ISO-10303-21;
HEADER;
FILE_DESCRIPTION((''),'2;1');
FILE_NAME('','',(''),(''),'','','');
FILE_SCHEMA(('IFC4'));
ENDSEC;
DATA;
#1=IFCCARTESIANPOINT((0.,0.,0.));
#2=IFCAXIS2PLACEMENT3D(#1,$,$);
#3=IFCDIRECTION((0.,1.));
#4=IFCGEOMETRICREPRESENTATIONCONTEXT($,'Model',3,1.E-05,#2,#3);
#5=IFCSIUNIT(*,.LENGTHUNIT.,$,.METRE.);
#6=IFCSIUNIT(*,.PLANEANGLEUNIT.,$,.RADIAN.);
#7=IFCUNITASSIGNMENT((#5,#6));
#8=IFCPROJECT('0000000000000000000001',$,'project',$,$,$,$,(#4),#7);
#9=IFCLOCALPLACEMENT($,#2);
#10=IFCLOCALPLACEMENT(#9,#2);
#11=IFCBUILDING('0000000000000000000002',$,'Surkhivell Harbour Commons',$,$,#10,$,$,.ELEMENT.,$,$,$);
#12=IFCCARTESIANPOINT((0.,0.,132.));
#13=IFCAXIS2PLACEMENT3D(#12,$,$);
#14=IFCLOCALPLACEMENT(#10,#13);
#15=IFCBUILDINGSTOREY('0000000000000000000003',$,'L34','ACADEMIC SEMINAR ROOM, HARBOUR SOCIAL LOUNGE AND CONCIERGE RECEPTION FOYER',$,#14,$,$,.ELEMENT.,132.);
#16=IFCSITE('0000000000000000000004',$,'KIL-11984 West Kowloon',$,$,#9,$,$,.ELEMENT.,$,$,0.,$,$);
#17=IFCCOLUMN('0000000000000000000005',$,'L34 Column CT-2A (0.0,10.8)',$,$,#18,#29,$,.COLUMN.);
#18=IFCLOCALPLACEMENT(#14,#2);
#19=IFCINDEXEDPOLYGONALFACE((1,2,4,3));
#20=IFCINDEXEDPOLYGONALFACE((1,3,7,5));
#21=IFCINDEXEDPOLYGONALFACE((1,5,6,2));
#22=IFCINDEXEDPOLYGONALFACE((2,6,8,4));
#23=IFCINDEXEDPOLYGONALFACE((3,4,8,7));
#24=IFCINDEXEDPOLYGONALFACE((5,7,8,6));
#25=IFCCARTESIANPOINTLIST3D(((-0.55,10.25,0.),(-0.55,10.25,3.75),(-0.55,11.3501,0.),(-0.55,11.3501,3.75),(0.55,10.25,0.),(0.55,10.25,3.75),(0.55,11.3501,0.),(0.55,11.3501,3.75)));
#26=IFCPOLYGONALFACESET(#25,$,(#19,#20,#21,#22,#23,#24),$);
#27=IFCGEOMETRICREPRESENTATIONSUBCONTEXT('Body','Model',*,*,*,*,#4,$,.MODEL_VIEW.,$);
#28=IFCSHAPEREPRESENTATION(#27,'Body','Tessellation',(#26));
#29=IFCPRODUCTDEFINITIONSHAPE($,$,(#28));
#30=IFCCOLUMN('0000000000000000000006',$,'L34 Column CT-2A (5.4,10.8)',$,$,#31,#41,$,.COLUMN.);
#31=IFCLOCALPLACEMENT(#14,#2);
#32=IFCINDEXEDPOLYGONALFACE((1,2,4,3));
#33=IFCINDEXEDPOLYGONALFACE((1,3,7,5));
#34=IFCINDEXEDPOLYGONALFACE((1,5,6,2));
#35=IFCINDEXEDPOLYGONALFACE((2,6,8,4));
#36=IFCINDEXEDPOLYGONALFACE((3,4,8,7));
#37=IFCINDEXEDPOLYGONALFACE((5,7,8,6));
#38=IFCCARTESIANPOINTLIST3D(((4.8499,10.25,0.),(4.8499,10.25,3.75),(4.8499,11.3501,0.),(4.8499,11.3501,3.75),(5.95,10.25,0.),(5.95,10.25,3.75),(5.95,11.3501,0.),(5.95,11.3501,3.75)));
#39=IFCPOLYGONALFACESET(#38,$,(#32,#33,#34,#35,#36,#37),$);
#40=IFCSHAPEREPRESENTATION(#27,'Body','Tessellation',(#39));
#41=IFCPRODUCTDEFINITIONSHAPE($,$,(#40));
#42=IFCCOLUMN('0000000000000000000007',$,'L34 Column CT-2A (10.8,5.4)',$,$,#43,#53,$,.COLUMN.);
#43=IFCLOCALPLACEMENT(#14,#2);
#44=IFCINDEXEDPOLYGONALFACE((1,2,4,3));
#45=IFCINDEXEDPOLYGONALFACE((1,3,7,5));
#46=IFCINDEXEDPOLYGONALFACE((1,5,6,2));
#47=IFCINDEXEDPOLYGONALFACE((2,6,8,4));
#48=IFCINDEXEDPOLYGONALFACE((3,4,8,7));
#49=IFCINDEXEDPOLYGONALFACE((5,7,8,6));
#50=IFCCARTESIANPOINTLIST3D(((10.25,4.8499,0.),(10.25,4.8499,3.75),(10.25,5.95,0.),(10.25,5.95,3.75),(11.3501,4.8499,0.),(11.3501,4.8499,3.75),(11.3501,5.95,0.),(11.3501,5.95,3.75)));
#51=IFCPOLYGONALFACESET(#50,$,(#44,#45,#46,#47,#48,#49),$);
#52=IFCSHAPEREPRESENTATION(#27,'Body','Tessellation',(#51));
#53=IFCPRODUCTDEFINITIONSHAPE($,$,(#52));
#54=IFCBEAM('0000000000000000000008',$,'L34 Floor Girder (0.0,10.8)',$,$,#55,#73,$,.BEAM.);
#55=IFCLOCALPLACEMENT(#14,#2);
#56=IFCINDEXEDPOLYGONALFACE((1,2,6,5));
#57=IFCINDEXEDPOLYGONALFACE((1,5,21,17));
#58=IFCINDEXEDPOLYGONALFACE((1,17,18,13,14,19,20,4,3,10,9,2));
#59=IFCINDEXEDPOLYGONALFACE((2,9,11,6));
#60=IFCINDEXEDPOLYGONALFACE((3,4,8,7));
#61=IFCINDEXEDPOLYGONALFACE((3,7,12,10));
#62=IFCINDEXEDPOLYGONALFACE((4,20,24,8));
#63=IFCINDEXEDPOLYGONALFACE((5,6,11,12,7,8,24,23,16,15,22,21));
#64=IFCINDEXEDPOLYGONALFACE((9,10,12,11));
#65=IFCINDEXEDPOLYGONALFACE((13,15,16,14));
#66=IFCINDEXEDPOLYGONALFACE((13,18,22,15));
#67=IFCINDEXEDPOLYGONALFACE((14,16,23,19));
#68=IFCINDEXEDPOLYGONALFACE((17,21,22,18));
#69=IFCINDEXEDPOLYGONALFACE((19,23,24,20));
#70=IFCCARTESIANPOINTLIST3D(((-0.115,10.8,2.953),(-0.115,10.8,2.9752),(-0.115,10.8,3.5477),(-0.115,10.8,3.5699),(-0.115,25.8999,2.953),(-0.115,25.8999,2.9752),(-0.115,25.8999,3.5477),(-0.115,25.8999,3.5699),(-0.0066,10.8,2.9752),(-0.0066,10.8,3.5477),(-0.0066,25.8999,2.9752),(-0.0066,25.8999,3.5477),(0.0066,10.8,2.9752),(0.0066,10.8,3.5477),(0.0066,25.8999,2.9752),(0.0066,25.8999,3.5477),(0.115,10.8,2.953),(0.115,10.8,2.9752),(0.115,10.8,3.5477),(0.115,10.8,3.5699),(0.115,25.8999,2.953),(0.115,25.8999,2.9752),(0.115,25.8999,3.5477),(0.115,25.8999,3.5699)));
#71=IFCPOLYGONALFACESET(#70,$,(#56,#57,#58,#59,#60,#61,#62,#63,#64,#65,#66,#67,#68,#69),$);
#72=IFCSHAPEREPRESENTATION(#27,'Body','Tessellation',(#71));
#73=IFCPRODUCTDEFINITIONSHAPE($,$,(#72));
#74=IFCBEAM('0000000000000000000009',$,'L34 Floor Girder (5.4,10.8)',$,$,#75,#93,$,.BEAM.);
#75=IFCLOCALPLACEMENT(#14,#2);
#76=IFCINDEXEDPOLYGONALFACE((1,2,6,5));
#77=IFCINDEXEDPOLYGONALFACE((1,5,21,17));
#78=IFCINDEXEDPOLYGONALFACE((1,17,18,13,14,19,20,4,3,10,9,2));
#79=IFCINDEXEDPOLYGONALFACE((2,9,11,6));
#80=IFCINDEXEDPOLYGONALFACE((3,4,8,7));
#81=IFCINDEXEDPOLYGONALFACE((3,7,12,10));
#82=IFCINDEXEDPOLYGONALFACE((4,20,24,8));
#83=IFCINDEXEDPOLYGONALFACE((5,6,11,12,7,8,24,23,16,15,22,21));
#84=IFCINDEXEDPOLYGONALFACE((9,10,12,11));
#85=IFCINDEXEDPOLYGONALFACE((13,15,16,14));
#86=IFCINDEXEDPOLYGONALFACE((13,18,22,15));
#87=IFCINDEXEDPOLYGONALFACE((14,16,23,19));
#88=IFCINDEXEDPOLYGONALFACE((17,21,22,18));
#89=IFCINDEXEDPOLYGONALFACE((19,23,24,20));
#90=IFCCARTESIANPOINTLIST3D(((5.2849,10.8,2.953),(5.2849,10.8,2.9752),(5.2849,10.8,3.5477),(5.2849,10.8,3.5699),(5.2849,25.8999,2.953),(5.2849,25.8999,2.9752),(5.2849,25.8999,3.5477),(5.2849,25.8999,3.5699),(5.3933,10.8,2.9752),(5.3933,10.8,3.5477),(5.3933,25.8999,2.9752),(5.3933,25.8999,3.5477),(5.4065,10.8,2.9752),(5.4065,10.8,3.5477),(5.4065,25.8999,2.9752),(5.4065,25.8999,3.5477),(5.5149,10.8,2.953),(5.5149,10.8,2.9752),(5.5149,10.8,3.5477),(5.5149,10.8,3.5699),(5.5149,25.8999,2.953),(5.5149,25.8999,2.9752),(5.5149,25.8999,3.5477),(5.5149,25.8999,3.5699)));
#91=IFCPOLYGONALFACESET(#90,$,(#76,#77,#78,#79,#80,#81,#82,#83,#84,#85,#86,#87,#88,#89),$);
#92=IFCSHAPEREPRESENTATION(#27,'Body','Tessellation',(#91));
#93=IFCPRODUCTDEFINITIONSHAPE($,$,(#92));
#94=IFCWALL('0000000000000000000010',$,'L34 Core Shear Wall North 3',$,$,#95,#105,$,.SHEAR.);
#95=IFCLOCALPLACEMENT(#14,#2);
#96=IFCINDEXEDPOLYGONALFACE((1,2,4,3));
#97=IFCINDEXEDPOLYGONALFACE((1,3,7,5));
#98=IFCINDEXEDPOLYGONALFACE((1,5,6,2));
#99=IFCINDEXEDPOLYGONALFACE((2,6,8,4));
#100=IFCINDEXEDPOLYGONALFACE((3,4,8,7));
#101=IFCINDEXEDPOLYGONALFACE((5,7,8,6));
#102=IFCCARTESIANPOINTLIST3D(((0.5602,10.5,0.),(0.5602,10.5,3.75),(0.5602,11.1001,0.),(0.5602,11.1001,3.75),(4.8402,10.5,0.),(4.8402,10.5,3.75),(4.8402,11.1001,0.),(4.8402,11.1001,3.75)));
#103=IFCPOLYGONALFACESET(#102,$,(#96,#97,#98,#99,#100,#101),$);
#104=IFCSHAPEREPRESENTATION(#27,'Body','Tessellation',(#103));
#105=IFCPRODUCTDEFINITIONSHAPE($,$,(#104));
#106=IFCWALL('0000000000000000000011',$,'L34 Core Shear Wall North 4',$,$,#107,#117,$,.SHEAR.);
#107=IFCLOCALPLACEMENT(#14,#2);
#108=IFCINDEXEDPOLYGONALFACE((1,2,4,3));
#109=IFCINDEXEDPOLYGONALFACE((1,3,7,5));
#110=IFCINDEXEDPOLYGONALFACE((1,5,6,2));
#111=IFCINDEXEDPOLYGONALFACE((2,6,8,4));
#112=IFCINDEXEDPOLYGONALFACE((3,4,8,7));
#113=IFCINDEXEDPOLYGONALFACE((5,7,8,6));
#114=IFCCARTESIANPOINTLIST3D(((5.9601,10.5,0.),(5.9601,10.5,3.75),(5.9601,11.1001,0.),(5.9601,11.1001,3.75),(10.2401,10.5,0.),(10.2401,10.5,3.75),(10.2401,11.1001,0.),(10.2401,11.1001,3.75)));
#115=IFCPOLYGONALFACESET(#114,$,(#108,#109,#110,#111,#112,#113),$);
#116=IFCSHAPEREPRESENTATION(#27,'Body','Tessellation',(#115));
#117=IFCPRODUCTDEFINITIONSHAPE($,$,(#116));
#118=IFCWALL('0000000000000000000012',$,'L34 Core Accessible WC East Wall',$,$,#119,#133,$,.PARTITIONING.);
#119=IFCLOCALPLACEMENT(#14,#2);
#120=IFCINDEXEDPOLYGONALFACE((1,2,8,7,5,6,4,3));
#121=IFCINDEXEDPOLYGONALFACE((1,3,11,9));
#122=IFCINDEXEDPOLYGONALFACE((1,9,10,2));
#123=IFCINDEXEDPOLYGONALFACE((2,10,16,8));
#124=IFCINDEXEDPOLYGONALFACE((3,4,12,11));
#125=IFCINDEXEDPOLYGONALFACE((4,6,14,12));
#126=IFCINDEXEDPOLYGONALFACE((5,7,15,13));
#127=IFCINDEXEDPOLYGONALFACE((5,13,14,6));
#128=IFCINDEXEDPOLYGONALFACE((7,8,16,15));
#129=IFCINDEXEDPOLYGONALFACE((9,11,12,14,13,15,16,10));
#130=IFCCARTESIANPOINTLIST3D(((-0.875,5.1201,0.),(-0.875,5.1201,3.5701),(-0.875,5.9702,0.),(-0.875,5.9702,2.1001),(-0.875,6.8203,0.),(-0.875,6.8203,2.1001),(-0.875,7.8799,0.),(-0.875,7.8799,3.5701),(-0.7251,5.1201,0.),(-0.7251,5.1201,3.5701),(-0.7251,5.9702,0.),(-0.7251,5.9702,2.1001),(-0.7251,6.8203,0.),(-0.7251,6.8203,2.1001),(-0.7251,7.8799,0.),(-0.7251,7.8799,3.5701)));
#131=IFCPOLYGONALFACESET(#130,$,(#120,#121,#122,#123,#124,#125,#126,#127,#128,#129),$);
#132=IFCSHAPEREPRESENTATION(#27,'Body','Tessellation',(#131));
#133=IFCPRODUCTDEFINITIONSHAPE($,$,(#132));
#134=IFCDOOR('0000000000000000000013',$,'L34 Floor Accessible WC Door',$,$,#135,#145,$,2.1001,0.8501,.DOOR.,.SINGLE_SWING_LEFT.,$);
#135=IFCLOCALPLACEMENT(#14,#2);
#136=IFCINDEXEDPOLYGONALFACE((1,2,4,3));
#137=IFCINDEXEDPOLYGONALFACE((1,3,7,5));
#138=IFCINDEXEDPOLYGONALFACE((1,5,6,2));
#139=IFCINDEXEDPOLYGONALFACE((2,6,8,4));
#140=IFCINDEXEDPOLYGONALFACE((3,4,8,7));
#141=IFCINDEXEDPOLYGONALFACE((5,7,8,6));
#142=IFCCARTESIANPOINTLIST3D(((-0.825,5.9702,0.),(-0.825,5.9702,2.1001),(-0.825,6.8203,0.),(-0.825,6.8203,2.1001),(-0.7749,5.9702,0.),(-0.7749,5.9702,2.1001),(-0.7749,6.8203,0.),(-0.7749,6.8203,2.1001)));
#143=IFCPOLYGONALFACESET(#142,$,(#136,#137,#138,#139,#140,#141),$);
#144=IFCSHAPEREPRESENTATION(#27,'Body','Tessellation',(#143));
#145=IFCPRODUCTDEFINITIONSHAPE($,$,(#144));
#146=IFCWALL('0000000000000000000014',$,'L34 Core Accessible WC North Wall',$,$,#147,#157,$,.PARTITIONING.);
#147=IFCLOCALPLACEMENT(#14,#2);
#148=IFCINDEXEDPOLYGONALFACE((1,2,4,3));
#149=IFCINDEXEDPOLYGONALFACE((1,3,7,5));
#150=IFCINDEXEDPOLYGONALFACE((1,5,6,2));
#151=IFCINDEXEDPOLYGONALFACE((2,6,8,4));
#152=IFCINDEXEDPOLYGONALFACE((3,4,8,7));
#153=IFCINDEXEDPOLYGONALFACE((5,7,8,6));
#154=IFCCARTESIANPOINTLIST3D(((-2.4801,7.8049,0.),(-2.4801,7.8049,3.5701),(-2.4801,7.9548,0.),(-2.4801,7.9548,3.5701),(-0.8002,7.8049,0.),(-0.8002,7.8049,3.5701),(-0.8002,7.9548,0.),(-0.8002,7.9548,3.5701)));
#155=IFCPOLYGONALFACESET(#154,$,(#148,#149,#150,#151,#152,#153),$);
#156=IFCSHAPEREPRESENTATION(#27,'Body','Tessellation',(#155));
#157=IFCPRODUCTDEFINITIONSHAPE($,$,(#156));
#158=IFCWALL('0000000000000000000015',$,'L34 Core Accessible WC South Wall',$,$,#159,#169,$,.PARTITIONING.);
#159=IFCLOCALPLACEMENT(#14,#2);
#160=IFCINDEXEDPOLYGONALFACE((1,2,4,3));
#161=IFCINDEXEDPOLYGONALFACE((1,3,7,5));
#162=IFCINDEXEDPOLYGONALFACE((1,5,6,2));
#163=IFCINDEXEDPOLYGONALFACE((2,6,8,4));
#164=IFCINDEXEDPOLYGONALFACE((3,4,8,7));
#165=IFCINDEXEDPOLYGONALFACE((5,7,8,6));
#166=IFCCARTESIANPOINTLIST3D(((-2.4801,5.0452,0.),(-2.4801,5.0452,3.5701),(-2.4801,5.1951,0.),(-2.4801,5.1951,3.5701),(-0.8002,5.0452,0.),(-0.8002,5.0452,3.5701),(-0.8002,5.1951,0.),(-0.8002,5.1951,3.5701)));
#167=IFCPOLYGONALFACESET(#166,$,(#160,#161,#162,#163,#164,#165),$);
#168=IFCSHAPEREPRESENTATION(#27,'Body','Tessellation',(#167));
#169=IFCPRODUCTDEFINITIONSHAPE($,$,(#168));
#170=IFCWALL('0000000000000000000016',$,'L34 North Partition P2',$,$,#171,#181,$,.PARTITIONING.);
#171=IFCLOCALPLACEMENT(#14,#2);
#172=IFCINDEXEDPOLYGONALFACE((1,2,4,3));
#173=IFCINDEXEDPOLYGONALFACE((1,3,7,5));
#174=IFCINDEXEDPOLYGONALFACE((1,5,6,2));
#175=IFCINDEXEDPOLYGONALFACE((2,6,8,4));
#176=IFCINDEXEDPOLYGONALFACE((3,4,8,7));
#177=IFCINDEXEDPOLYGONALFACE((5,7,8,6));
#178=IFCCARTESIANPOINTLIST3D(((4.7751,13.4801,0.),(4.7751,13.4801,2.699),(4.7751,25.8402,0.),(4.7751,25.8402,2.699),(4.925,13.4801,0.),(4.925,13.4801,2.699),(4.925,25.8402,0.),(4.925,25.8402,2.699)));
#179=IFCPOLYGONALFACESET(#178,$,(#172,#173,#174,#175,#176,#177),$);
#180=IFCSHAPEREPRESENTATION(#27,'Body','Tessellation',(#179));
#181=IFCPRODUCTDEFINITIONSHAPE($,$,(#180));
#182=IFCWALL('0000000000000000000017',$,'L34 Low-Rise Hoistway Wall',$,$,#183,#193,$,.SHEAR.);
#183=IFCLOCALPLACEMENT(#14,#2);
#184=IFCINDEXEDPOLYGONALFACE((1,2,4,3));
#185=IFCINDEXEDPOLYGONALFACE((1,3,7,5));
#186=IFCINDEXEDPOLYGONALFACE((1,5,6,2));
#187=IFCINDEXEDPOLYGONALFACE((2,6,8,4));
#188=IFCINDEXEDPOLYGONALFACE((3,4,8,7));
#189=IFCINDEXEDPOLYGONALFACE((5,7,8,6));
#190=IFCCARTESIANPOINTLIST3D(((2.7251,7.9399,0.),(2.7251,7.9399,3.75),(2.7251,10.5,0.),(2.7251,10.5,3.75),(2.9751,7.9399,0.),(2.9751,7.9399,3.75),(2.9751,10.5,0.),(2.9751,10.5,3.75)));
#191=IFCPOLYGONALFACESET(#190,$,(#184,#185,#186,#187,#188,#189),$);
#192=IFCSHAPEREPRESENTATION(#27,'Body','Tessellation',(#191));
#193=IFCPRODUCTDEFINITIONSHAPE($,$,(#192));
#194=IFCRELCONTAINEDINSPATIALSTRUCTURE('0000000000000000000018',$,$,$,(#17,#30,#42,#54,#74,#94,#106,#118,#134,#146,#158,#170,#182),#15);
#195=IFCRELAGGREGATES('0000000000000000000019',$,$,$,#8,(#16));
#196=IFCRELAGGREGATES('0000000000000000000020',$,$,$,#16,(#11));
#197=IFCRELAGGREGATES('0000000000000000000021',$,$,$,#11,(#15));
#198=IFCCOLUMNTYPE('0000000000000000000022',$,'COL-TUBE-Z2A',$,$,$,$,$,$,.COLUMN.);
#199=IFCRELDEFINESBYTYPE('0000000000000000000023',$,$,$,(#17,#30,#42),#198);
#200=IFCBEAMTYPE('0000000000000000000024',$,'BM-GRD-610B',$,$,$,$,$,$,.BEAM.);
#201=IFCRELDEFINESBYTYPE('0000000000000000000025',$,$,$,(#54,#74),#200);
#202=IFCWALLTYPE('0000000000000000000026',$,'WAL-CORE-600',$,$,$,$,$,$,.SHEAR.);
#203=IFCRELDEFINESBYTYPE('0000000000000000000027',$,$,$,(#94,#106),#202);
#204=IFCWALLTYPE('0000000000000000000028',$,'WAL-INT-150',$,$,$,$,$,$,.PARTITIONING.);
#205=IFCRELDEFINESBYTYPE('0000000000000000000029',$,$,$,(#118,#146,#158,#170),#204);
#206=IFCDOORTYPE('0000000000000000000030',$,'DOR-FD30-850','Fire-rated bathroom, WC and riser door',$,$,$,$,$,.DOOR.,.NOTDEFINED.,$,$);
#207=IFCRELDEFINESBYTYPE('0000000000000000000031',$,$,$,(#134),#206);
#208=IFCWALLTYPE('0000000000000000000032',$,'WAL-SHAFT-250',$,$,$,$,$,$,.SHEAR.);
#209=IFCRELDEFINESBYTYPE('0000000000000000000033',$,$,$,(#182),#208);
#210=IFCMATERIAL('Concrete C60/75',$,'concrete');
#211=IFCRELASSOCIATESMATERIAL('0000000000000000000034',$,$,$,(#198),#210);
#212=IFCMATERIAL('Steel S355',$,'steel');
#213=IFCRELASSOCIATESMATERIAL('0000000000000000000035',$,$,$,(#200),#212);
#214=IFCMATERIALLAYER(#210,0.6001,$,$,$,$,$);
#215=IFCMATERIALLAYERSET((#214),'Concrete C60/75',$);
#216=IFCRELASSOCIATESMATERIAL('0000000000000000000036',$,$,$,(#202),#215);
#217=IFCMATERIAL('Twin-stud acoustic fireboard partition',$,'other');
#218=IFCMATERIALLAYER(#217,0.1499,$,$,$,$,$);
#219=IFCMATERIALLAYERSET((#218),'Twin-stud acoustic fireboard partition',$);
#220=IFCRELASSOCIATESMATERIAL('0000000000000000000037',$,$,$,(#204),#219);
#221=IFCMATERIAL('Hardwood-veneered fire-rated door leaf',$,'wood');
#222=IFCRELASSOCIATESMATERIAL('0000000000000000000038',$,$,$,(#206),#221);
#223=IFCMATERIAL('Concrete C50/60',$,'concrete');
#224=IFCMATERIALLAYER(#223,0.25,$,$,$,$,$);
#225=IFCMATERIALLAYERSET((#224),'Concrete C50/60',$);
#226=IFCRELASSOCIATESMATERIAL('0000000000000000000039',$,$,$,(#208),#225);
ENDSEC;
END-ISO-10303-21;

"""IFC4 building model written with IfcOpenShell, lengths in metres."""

from ifc_helpers import new_model, si_unit, direction, frame, frame_2d, origin, origin_2d, place, context, subcontext, project, spatial, rectangle, i_section, extrude, material, layer, layer_set, material_profile, profile_set, type_object, element, fill, save


model = new_model("IFC4")

# Units and contexts
model_context = context("Model", 3, precision=1e-05, world=origin(), true_north=direction((0.0, 1.0)))
body_context = subcontext(model_context, "Body", "Model", "MODEL_VIEW")
ifc_project = project(units=[si_unit("LENGTHUNIT", "METRE"), si_unit("PLANEANGLEUNIT", "RADIAN")], contexts=[model_context])

# Site, building, storey
site_placement = place(None, origin())
site = spatial("IfcSite", under=ifc_project, at=site_placement, Name="KIL-11984 West Kowloon", CompositionType="ELEMENT", RefElevation=0.0)
building_placement = place(site_placement, origin())
building = spatial("IfcBuilding", under=site, at=building_placement, Name="Surkhivell Harbour Commons", CompositionType="ELEMENT")
storey_placement = place(building_placement, frame((0.0, 0.0, 132.0)))
storey = spatial("IfcBuildingStorey", under=building, at=storey_placement, Name="L34", Description="ACADEMIC SEMINAR ROOM, HARBOUR SOCIAL LOUNGE AND CONCIERGE RECEPTION FOYER", CompositionType="ELEMENT", Elevation=132.0)

# Columns
ifc_material_1 = material(Name="Concrete C60/75", Category="concrete")
ifc_material_profile_1 = material_profile(ifc_material_1, rectangle(XDim=1.1001, YDim=1.1001, at=origin_2d()), Name="RC-COL-1100x1100")
ifc_profile_set_1 = profile_set([ifc_material_profile_1], Name="Concrete C60/75")
column_type = type_object("IfcColumnType", Name="COL-TUBE-Z2A", PredefinedType="COLUMN", material=ifc_profile_set_1)
for number, where, z_axis, x_axis, name in (
    (1, (0.0, 10.8, 0.0), (0.0, 0.0, 1.0), (1.0, 0.0, 0.0), "L34 Column CT-2A (0.0,10.8)"),
    (2, (5.3999, 10.8, 0.0), (0.0, 0.0, 1.0), (1.0, 0.0, 0.0), "L34 Column CT-2A (5.4,10.8)"),
    (3, (10.8, 5.3999, 0.0), (0.0, 0.0, 1.0), (1.0, 0.0, 0.0), "L34 Column CT-2A (10.8,5.4)"),
):
    element("IfcColumn", number, at=place(storey_placement, frame(where, z_axis=z_axis, x_axis=x_axis)), inside=storey, type_object=column_type, Name=name, PredefinedType="COLUMN", context=body_context, shape_type="SweptSolid", body=[
        extrude(rectangle(XDim=1.1001, YDim=1.1001, at=origin_2d()), origin(), (0.0, 0.0, 1.0), 3.75),
    ])

# Beams
ifc_material_2 = material(Name="Steel S355", Category="steel")
ifc_material_profile_2 = material_profile(ifc_material_2, i_section(OverallWidth=0.23, OverallDepth=0.6169, WebThickness=0.0132, FlangeThickness=0.0222, at=origin_2d()), Name="UB610x229x140")
ifc_profile_set_2 = profile_set([ifc_material_profile_2], Name="Steel S355")
beam_type = type_object("IfcBeamType", Name="BM-GRD-610B", PredefinedType="BEAM", material=ifc_profile_set_2)
for number, where, z_axis, x_axis, name in (
    (4, (0.0, 10.8, 3.2615), (0.0, 1.0, 0.0), (-1.0, 0.0, 0.0), "L34 Floor Girder (0.0,10.8)"),
    (5, (5.3999, 10.8, 3.2615), (0.0, 1.0, 0.0), (-1.0, 0.0, 0.0), "L34 Floor Girder (5.4,10.8)"),
):
    element("IfcBeam", number, at=place(storey_placement, frame(where, z_axis=z_axis, x_axis=x_axis)), inside=storey, type_object=beam_type, Name=name, PredefinedType="BEAM", context=body_context, shape_type="SweptSolid", body=[
        extrude(i_section(OverallWidth=0.23, OverallDepth=0.6169, WebThickness=0.0132, FlangeThickness=0.0222, at=origin_2d()), origin(), (0.0, 0.0, 1.0), 15.0999),
    ])

# Walls
ifc_layer_1 = layer(ifc_material_1, 0.6001)
ifc_layer_set_1 = layer_set([ifc_layer_1], Name="Concrete C60/75")
wall_type_1 = type_object("IfcWallType", Name="WAL-CORE-600", PredefinedType="SHEAR", material=ifc_layer_set_1)
for number, where, z_axis, x_axis, name in (
    (6, (0.5601, 10.8, 0.0), (0.0, 0.0, 1.0), (1.0, 0.0, 0.0), "L34 Core Shear Wall North 3"),
    (7, (5.96, 10.8, 0.0), (0.0, 0.0, 1.0), (1.0, 0.0, 0.0), "L34 Core Shear Wall North 4"),
):
    element("IfcWall", number, at=place(storey_placement, frame(where, z_axis=z_axis, x_axis=x_axis)), inside=storey, type_object=wall_type_1, Name=name, PredefinedType="SHEAR", context=body_context, shape_type="SweptSolid", body=[
        extrude(rectangle(XDim=4.28, YDim=0.6001, at=frame_2d((2.1401, 0.0))), origin(), (0.0, 0.0, 1.0), 3.75),
    ])

# Wall, opening, door
ifc_material_3 = material(Name="Twin-stud acoustic fireboard partition", Category="other")
ifc_layer_2 = layer(ifc_material_3, 0.1499)
ifc_layer_set_2 = layer_set([ifc_layer_2], Name="Twin-stud acoustic fireboard partition")
wall_type_2 = type_object("IfcWallType", Name="WAL-INT-150", PredefinedType="PARTITIONING", material=ifc_layer_set_2)
wall_1_placement = place(storey_placement, frame((-0.8, 5.1201, 0.0), z_axis=(0.0, 0.0, 1.0), x_axis=(0.0, 1.0, 0.0)))
wall_1 = element("IfcWall", 8, at=wall_1_placement, inside=storey, type_object=wall_type_2, Name="L34 Core Accessible WC East Wall", PredefinedType="PARTITIONING", context=body_context, shape_type="SweptSolid", body=[
    extrude(rectangle(XDim=2.7598, YDim=0.1499, at=frame_2d((1.3799, 0.0))), origin(), (0.0, 0.0, 1.0), 3.5701),
])
opening_1_placement = place(wall_1_placement, frame((0.8501, 0.0, 0.0)))
opening_1 = element("IfcOpeningElement", 9, at=opening_1_placement, cuts=wall_1, PredefinedType="OPENING", context=body_context, shape_type="SweptSolid", body=[
    extrude(rectangle(XDim=0.8501, YDim=2.1001, at=frame_2d((0.425, 1.05))), frame((0.0, 0.085, 0.0), z_axis=(0.0, -1.0, 0.0), x_axis=(1.0, 0.0, 0.0)), (0.0, 0.0, 1.0), 0.1699),
])
ifc_material_4 = material(Name="Hardwood-veneered fire-rated door leaf", Category="wood")
door_type_1 = type_object("IfcDoorType", Name="DOR-FD30-850", Description="Fire-rated bathroom, WC and riser door", OperationType="NOTDEFINED", PredefinedType="DOOR", material=ifc_material_4)
door_1_placement = place(opening_1_placement, origin())
door_1 = element("IfcDoor", 10, at=door_1_placement, inside=storey, type_object=door_type_1, Name="L34 Floor Accessible WC Door", OperationType="SINGLE_SWING_LEFT", OverallHeight=2.1001, OverallWidth=0.8501, PredefinedType="DOOR", context=body_context, shape_type="SweptSolid", body=[
    extrude(rectangle(XDim=0.8501, YDim=2.1001, at=frame_2d((0.425, 1.05))), frame((0.0, 0.0249, 0.0), z_axis=(0.0, -1.0, 0.0), x_axis=(1.0, 0.0, 0.0)), (0.0, 0.0, 1.0), 0.05),
])
fill(opening_1, door_1)

# Walls
for number, where, z_axis, x_axis, name in (
    (11, (-2.48, 7.8799, 0.0), (0.0, 0.0, 1.0), (1.0, 0.0, 0.0), "L34 Core Accessible WC North Wall"),
    (12, (-2.48, 5.1201, 0.0), (0.0, 0.0, 1.0), (1.0, 0.0, 0.0), "L34 Core Accessible WC South Wall"),
):
    element("IfcWall", number, at=place(storey_placement, frame(where, z_axis=z_axis, x_axis=x_axis)), inside=storey, type_object=wall_type_2, Name=name, PredefinedType="PARTITIONING", context=body_context, shape_type="SweptSolid", body=[
        extrude(rectangle(XDim=1.6799, YDim=0.1499, at=frame_2d((0.8398, 0.0))), origin(), (0.0, 0.0, 1.0), 3.5701),
    ])
wall_2_placement = place(storey_placement, frame((4.8501, 13.48, 0.0), z_axis=(0.0, 0.0, 1.0), x_axis=(0.0, 1.0, 0.0)))
element("IfcWall", 13, at=wall_2_placement, inside=storey, type_object=wall_type_2, Name="L34 North Partition P2", PredefinedType="PARTITIONING", context=body_context, shape_type="SweptSolid", body=[
    extrude(rectangle(XDim=12.3601, YDim=0.1499, at=frame_2d((6.1802, 0.0))), origin(), (0.0, 0.0, 1.0), 2.699),
])
ifc_material_5 = material(Name="Concrete C50/60", Category="concrete")
ifc_layer_3 = layer(ifc_material_5, 0.25)
ifc_layer_set_3 = layer_set([ifc_layer_3], Name="Concrete C50/60")
wall_type_3 = type_object("IfcWallType", Name="WAL-SHAFT-250", PredefinedType="SHEAR", material=ifc_layer_set_3)
wall_3_placement = place(storey_placement, frame((2.8501, 7.9399, 0.0), z_axis=(0.0, 0.0, 1.0), x_axis=(0.0, 1.0, 0.0)))
element("IfcWall", 14, at=wall_3_placement, inside=storey, type_object=wall_type_3, Name="L34 Low-Rise Hoistway Wall", PredefinedType="SHEAR", context=body_context, shape_type="SweptSolid", body=[
    extrude(rectangle(XDim=2.5601, YDim=0.25, at=frame_2d((1.28, 0.0))), origin(), (0.0, 0.0, 1.0), 3.75),
])

save(model, "model.ifc")
